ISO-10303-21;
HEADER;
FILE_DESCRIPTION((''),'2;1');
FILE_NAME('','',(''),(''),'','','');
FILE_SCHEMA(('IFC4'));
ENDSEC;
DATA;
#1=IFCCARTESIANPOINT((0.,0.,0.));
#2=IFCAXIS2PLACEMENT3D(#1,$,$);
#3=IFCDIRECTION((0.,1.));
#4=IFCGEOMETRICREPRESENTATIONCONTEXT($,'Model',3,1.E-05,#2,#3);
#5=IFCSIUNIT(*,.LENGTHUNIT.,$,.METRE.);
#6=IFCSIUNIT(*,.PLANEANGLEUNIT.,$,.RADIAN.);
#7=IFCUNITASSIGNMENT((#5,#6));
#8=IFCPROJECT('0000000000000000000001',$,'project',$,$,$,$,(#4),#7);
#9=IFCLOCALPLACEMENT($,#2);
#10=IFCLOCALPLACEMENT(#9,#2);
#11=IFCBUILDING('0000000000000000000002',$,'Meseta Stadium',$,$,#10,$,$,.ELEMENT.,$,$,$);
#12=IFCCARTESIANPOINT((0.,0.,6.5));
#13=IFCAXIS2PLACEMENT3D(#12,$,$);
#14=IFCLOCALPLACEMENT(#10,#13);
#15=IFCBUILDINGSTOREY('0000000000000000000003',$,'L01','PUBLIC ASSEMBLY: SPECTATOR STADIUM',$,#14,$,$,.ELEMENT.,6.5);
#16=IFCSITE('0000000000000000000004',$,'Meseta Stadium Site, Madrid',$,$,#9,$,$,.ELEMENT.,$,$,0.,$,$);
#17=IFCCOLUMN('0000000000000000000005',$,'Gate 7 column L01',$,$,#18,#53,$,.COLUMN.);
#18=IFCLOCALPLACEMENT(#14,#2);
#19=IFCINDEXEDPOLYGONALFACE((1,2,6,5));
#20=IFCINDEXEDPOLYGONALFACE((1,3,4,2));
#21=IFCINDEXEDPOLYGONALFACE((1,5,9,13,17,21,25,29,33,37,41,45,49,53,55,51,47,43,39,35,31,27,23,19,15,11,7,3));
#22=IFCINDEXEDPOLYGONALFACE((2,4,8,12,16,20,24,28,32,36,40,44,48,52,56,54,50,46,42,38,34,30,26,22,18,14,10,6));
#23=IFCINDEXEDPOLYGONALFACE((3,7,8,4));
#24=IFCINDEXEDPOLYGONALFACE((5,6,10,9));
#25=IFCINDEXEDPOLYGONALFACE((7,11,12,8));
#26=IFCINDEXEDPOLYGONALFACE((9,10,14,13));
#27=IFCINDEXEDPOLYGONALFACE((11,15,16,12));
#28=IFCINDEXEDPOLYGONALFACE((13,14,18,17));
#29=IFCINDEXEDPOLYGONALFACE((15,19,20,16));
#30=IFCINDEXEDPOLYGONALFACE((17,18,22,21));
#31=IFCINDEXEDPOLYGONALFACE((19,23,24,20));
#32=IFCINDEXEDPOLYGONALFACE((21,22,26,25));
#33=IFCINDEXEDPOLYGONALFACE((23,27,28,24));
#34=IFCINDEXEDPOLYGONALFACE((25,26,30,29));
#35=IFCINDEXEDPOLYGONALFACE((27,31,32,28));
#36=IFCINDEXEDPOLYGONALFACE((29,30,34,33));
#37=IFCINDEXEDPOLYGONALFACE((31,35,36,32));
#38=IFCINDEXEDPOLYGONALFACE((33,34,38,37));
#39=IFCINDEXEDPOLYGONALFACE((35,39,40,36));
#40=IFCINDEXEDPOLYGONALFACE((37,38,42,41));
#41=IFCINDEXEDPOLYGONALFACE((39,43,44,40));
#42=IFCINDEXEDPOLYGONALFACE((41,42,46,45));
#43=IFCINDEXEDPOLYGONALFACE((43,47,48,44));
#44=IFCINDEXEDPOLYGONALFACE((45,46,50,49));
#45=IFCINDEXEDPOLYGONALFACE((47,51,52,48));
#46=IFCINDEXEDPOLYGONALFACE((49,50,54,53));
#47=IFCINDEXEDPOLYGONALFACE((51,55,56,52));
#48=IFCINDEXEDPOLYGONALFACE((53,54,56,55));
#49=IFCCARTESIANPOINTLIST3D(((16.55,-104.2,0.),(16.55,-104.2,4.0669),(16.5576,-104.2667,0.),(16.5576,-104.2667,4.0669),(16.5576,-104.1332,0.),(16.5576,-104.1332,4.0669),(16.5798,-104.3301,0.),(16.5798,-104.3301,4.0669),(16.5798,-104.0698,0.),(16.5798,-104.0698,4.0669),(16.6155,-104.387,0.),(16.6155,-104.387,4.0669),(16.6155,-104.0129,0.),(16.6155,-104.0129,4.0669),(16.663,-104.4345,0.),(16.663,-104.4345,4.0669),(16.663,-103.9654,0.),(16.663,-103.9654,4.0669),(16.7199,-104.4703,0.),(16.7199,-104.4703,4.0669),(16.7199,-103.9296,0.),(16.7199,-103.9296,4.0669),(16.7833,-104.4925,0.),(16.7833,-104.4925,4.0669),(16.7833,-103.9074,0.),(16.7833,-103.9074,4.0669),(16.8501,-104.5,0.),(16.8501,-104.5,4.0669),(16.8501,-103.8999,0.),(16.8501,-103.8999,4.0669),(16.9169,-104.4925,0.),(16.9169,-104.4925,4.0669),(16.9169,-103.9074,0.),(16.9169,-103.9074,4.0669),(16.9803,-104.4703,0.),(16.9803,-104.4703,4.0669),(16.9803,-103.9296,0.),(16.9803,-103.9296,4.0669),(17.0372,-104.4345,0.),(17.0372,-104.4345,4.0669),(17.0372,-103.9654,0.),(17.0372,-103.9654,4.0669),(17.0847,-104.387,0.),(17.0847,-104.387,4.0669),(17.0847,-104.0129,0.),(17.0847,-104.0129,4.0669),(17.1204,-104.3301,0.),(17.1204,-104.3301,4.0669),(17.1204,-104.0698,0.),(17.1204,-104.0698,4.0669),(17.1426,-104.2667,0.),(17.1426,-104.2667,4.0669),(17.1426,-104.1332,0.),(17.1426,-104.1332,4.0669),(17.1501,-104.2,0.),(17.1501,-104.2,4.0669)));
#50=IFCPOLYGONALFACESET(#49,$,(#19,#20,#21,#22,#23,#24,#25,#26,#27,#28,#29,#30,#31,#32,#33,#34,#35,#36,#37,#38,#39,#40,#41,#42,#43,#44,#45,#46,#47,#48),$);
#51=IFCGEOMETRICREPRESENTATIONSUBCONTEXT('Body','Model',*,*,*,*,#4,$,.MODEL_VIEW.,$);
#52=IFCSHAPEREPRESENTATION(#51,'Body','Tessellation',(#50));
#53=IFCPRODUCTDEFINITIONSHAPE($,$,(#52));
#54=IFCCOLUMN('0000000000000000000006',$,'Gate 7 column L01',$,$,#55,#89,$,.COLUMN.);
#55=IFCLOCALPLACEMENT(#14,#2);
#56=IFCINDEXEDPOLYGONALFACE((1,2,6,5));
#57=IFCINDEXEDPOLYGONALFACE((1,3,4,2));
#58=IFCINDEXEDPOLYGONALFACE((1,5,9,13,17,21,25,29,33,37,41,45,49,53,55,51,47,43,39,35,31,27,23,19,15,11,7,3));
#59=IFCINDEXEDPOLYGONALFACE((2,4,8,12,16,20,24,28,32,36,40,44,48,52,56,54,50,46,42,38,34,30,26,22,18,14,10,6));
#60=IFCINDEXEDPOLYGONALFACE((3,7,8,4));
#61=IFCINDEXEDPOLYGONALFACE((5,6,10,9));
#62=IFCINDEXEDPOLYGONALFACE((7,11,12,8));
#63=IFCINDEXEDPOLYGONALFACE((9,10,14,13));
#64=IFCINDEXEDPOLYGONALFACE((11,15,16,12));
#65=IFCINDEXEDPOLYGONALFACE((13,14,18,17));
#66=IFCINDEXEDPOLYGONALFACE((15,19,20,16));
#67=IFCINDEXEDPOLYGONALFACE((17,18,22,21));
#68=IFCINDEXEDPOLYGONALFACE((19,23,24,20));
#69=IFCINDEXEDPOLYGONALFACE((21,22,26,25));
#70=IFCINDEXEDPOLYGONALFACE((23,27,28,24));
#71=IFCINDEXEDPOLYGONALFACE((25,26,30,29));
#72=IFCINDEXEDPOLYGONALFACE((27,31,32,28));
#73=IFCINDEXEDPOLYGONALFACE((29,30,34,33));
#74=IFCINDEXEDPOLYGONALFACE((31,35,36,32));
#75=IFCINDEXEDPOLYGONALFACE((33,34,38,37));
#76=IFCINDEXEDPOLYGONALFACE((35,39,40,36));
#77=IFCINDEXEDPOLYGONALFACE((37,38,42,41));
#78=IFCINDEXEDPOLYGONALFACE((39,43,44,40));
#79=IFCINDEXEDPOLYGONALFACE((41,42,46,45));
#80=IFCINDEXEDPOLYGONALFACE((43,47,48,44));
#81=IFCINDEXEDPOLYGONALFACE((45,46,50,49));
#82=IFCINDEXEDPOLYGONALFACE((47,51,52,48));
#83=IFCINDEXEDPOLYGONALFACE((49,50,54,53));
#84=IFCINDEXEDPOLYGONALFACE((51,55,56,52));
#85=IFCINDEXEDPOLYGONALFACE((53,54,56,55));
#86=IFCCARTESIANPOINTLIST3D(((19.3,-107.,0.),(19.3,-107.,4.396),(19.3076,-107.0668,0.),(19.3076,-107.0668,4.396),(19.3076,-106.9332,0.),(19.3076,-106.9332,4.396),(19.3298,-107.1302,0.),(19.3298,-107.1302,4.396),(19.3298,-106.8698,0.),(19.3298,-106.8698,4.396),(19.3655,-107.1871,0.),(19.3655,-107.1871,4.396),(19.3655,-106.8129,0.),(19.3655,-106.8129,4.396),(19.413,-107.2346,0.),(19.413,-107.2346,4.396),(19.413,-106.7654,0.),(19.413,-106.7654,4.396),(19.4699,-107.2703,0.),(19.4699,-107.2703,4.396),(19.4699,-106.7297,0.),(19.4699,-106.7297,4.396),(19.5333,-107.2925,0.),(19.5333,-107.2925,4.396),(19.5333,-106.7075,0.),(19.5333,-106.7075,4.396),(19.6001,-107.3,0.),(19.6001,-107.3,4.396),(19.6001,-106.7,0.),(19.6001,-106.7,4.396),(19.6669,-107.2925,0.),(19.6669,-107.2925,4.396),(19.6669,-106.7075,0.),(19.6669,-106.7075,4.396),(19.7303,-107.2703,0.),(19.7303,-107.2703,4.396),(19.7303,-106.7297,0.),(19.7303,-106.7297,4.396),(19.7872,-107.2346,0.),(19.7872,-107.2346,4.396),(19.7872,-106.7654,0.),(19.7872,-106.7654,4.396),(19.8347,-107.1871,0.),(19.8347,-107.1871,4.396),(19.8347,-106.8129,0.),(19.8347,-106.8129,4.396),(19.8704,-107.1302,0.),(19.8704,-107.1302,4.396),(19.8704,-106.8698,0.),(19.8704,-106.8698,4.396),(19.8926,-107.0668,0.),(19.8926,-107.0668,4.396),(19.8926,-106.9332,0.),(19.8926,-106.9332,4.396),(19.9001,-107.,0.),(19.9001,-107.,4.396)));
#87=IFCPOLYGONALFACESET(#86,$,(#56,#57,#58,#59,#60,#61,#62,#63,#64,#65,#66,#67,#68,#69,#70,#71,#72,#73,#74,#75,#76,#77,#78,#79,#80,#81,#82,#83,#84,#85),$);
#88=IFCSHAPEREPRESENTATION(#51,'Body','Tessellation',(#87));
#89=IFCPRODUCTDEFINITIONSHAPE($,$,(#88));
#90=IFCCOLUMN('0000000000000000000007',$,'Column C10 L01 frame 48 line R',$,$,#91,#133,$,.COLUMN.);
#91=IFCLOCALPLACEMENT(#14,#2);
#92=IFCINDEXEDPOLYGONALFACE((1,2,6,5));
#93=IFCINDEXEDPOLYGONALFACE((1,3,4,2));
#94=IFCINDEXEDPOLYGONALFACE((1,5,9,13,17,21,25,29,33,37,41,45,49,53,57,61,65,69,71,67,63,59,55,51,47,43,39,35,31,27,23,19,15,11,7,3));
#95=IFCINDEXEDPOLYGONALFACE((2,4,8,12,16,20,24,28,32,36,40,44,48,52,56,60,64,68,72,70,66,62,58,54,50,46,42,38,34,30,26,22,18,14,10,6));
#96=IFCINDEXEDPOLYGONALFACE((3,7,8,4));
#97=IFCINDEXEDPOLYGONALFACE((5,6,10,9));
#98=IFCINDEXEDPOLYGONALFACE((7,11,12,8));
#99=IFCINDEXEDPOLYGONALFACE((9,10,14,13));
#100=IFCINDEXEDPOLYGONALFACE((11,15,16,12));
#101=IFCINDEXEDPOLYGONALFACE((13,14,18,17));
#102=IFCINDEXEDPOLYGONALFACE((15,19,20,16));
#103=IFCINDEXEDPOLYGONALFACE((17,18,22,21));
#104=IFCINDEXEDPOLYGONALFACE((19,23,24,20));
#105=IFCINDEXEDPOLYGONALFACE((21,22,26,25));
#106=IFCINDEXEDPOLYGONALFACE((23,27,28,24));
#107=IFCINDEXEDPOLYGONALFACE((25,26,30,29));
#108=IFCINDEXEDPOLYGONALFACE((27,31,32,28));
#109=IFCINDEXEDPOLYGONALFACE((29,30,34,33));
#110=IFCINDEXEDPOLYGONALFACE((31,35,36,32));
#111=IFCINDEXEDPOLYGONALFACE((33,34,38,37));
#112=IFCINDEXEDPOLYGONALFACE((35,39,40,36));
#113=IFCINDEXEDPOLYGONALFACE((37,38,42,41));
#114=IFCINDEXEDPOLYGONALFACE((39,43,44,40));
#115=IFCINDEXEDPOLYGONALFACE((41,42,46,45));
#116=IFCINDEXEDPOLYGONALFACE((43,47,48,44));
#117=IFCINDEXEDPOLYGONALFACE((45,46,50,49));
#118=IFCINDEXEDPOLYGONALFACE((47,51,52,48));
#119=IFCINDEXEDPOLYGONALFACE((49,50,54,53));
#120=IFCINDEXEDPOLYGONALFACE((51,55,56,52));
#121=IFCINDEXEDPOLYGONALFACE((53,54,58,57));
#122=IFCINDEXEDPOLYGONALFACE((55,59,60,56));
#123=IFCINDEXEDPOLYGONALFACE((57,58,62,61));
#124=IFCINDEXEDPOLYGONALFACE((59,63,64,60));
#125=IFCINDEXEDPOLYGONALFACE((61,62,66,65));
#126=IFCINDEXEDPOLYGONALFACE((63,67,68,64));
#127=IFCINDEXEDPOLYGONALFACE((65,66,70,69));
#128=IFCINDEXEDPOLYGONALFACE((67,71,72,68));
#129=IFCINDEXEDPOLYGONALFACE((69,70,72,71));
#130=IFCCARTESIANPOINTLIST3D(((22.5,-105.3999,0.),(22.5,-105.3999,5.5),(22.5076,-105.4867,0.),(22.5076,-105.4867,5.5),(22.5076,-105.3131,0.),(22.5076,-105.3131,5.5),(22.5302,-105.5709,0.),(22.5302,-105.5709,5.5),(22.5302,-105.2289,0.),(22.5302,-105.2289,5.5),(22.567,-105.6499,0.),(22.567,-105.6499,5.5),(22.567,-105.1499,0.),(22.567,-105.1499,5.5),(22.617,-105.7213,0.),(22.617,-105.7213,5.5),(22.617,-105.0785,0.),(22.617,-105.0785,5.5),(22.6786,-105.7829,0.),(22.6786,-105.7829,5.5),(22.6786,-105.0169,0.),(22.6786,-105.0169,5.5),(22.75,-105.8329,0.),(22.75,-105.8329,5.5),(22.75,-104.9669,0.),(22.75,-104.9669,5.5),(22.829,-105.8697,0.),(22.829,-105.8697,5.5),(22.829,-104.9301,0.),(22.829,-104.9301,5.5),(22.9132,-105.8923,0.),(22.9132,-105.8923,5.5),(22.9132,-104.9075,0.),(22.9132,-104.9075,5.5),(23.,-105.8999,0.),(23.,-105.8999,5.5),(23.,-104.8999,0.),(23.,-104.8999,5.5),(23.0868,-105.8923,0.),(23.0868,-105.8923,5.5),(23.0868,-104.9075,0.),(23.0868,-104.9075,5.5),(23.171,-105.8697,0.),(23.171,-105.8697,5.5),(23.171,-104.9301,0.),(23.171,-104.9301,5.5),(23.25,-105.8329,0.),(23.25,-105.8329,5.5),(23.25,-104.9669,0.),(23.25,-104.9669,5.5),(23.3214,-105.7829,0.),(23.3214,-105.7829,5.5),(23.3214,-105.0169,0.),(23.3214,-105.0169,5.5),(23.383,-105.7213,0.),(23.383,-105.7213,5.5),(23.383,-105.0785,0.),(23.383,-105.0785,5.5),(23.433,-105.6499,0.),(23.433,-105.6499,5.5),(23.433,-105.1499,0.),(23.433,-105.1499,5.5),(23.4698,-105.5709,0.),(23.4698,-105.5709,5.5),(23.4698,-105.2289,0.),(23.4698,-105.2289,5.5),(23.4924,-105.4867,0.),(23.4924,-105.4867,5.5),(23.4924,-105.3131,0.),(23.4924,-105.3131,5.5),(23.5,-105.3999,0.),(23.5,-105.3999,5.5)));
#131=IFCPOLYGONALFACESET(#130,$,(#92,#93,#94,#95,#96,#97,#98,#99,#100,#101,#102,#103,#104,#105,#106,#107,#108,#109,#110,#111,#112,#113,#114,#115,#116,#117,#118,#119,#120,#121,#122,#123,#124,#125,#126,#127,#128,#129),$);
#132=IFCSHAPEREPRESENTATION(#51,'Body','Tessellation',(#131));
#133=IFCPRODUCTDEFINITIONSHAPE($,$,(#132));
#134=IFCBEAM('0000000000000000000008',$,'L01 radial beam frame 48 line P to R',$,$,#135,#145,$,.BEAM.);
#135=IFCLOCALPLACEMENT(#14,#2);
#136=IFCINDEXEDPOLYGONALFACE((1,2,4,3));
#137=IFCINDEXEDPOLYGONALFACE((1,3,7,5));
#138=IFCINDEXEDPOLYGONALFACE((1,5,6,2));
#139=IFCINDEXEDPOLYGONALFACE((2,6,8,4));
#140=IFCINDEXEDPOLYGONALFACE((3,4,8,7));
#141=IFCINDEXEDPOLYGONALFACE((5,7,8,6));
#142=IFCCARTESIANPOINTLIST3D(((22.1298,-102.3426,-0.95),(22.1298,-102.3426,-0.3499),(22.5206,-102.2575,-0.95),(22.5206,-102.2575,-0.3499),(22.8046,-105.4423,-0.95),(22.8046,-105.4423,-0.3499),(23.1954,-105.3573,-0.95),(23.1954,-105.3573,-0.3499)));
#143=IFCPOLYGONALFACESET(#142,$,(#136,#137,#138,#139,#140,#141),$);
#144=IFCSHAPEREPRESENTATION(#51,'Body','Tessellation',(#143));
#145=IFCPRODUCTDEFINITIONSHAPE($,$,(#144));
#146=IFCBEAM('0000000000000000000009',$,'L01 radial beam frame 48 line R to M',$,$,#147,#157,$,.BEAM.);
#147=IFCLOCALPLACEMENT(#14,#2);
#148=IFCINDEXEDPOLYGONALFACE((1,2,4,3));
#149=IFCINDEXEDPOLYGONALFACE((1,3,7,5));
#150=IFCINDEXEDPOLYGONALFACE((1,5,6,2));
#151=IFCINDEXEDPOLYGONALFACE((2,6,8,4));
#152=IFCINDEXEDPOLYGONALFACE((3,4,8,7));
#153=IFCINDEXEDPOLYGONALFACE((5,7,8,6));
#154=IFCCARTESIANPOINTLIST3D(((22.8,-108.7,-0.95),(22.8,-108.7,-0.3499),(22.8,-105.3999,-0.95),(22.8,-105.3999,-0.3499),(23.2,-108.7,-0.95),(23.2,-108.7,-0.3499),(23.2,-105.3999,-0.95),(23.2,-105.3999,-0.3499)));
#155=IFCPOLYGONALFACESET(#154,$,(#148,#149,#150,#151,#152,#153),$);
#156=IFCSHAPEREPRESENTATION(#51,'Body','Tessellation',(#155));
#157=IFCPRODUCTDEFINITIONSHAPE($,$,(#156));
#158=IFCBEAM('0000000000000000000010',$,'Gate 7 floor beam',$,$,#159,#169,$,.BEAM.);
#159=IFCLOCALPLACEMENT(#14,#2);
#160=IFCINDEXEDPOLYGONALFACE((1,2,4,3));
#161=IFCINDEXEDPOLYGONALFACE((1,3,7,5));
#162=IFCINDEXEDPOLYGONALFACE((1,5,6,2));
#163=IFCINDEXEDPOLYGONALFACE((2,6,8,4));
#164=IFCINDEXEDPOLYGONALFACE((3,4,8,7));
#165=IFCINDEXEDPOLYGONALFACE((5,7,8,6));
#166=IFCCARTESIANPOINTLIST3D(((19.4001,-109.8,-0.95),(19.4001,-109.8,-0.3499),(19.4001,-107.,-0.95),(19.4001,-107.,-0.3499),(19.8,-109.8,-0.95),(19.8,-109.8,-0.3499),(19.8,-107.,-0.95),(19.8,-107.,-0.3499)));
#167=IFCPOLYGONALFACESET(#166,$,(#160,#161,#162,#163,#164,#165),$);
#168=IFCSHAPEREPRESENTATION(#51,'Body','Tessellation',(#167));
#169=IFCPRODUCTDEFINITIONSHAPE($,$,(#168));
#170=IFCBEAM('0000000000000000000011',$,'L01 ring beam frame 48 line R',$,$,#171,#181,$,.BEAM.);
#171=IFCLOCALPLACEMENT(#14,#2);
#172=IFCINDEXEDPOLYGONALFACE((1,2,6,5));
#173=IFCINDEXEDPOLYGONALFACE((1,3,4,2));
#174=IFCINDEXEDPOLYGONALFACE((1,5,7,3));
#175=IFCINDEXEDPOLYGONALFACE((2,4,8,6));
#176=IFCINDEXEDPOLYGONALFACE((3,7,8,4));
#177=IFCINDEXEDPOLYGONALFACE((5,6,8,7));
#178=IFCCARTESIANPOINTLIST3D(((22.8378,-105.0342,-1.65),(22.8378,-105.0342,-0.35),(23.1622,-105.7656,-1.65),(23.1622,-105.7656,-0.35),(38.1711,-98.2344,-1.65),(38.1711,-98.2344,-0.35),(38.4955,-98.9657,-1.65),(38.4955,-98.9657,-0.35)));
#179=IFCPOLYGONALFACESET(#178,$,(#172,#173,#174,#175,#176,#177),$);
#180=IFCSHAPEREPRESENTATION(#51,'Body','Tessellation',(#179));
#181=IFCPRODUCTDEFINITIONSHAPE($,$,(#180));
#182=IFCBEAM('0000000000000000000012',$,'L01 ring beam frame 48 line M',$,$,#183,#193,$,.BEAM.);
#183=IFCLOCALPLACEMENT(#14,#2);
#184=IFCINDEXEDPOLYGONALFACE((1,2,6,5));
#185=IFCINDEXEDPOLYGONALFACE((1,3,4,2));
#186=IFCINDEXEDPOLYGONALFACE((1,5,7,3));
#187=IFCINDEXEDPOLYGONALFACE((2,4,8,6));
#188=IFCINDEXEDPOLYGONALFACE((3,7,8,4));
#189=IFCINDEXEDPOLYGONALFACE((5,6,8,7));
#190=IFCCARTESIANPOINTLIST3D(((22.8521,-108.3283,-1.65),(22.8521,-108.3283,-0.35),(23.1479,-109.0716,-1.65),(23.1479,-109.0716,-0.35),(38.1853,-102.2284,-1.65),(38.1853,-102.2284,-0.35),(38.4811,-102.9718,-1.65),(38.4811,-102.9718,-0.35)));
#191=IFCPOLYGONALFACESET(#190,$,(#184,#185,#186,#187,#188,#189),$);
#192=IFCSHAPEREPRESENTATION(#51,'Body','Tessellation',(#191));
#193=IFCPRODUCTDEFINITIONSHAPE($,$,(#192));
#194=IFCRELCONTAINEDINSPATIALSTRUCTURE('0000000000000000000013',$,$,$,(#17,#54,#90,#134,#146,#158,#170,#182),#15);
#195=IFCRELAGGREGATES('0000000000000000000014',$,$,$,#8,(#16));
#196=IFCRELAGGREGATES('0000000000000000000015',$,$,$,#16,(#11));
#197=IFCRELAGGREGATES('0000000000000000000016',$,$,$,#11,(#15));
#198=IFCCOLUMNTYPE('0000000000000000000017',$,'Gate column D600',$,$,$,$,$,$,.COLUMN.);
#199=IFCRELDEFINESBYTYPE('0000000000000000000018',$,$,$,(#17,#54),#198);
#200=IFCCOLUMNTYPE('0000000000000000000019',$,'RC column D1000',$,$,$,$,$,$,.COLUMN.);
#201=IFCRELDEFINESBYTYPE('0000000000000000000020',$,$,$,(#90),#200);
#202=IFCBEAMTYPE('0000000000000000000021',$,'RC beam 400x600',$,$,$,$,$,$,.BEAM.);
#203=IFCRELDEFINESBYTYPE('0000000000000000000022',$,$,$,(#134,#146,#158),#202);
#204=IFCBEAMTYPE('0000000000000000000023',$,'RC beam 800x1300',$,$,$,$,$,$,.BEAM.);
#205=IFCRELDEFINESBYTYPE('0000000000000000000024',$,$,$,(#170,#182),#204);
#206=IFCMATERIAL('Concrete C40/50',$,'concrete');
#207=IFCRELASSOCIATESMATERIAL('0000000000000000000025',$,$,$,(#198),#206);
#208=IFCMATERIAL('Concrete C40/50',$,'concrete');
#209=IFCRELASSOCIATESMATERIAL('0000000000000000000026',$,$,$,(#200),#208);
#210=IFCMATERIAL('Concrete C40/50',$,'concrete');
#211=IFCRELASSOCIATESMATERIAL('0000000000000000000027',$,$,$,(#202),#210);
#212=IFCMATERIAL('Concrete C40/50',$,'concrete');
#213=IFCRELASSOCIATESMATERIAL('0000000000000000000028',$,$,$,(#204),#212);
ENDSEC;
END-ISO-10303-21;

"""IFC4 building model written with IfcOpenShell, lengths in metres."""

from ifc_helpers import new_model, si_unit, direction, frame, origin, origin_2d, place, context, subcontext, project, spatial, rectangle, circle, extrude, material, material_profile, profile_set, type_object, element, save


model = new_model("IFC4")

# Units and contexts
model_context = context("Model", 3, precision=1e-05, world=origin(), true_north=direction((0.0, 1.0)))
body_context = subcontext(model_context, "Body", "Model", "MODEL_VIEW")
ifc_project = project(units=[si_unit("LENGTHUNIT", "METRE"), si_unit("PLANEANGLEUNIT", "RADIAN")], contexts=[model_context])

# Site, building, storey
site_placement = place(None, origin())
site = spatial("IfcSite", under=ifc_project, at=site_placement, Name="Meseta Stadium Site, Madrid", CompositionType="ELEMENT", RefElevation=0.0)
building_placement = place(site_placement, origin())
building = spatial("IfcBuilding", under=site, at=building_placement, Name="Meseta Stadium", CompositionType="ELEMENT")
storey_placement = place(building_placement, frame((0.0, 0.0, 6.5)))
storey = spatial("IfcBuildingStorey", under=building, at=storey_placement, Name="L01", Description="PUBLIC ASSEMBLY: SPECTATOR STADIUM", CompositionType="ELEMENT", Elevation=6.5)

# Columns
ifc_material_1 = material(Name="Concrete C40/50", Category="concrete")
ifc_material_profile_1 = material_profile(ifc_material_1, circle(Radius=0.3, at=origin_2d()), Name="RC D600")
ifc_profile_set_1 = profile_set([ifc_material_profile_1], Name="Concrete C40/50")
column_type_1 = type_object("IfcColumnType", Name="Gate column D600", PredefinedType="COLUMN", material=ifc_profile_set_1)
column_1_placement = place(storey_placement, frame((16.8501, -104.2, 0.0), z_axis=(0.0, 0.0, 1.0), x_axis=(1.0, 0.0, 0.0)))
element("IfcColumn", 1, at=column_1_placement, inside=storey, type_object=column_type_1, Name="Gate 7 column L01", PredefinedType="COLUMN", context=body_context, shape_type="SweptSolid", body=[
    extrude(circle(Radius=0.3, at=origin_2d()), origin(), (0.0, 0.0, 1.0), 4.0669),
])
column_2_placement = place(storey_placement, frame((19.6001, -107.0, 0.0), z_axis=(0.0, 0.0, 1.0), x_axis=(1.0, 0.0, 0.0)))
element("IfcColumn", 2, at=column_2_placement, inside=storey, type_object=column_type_1, Name="Gate 7 column L01", PredefinedType="COLUMN", context=body_context, shape_type="SweptSolid", body=[
    extrude(circle(Radius=0.3, at=origin_2d()), origin(), (0.0, 0.0, 1.0), 4.396),
])
ifc_material_2 = material(Name="Concrete C40/50", Category="concrete")
ifc_material_profile_2 = material_profile(ifc_material_2, circle(Radius=0.5, at=origin_2d()), Name="RC D1000")
ifc_profile_set_2 = profile_set([ifc_material_profile_2], Name="Concrete C40/50")
column_type_2 = type_object("IfcColumnType", Name="RC column D1000", PredefinedType="COLUMN", material=ifc_profile_set_2)
column_3_placement = place(storey_placement, frame((23.0, -105.3999, 0.0), z_axis=(0.0, 0.0, 1.0), x_axis=(1.0, 0.0, 0.0)))
element("IfcColumn", 3, at=column_3_placement, inside=storey, type_object=column_type_2, Name="Column C10 L01 frame 48 line R", PredefinedType="COLUMN", context=body_context, shape_type="SweptSolid", body=[
    extrude(circle(Radius=0.5, at=origin_2d()), origin(), (0.0, 0.0, 1.0), 5.5),
])

# Beams
ifc_material_3 = material(Name="Concrete C40/50", Category="concrete")
ifc_material_profile_3 = material_profile(ifc_material_3, rectangle(XDim=0.3999, YDim=0.6001, at=origin_2d()), Name="RC 400x600")
ifc_profile_set_3 = profile_set([ifc_material_profile_3], Name="Concrete C40/50")
beam_type_1 = type_object("IfcBeamType", Name="RC beam 400x600", PredefinedType="BEAM", material=ifc_profile_set_3)
beam_1_placement = place(storey_placement, frame((22.3252, -102.3, -0.6499), z_axis=(0.212708, -0.977116, 0.0), x_axis=(0.977116, 0.212708, 0.0)))
element("IfcBeam", 4, at=beam_1_placement, inside=storey, type_object=beam_type_1, Name="L01 radial beam frame 48 line P to R", PredefinedType="BEAM", context=body_context, shape_type="SweptSolid", body=[
    extrude(rectangle(XDim=0.3999, YDim=0.6001, at=origin_2d()), origin(), (0.0, 0.0, 1.0), 3.1724),
])
beam_2_placement = place(storey_placement, frame((23.0, -105.3999, -0.6499), z_axis=(0.0, -1.0, 0.0), x_axis=(1.0, 0.0, 0.0)))
element("IfcBeam", 5, at=beam_2_placement, inside=storey, type_object=beam_type_1, Name="L01 radial beam frame 48 line R to M", PredefinedType="BEAM", context=body_context, shape_type="SweptSolid", body=[
    extrude(rectangle(XDim=0.3999, YDim=0.6001, at=origin_2d()), origin(), (0.0, 0.0, 1.0), 3.3),
])
beam_3_placement = place(storey_placement, frame((19.6001, -107.0, -0.6499), z_axis=(0.0, -1.0, 0.0), x_axis=(1.0, 0.0, 0.0)))
element("IfcBeam", 6, at=beam_3_placement, inside=storey, type_object=beam_type_1, Name="Gate 7 floor beam", PredefinedType="BEAM", context=body_context, shape_type="SweptSolid", body=[
    extrude(rectangle(XDim=0.3999, YDim=0.6001, at=origin_2d()), origin(), (0.0, 0.0, 1.0), 2.8),
])
ifc_material_4 = material(Name="Concrete C40/50", Category="concrete")
ifc_material_profile_4 = material_profile(ifc_material_4, rectangle(XDim=0.8, YDim=1.3, at=origin_2d()), Name="RC 800x1300")
ifc_profile_set_4 = profile_set([ifc_material_profile_4], Name="Concrete C40/50")
beam_type_2 = type_object("IfcBeamType", Name="RC beam 800x1300", PredefinedType="BEAM", material=ifc_profile_set_4)
beam_4_placement = place(storey_placement, frame((23.0, -105.3999, -1.0), z_axis=(0.914143, 0.405393, 0.0), x_axis=(-0.405393, 0.914143, 0.0)))
element("IfcBeam", 7, at=beam_4_placement, inside=storey, type_object=beam_type_2, Name="L01 ring beam frame 48 line R", PredefinedType="BEAM", context=body_context, shape_type="SweptSolid", body=[
    extrude(rectangle(XDim=0.8, YDim=1.3, at=origin_2d()), origin(), (0.0, 0.0, 1.0), 16.7734),
])
beam_5_placement = place(storey_placement, frame((23.0, -108.7, -1.0), z_axis=(0.929174, 0.369643, 0.0), x_axis=(-0.369643, 0.929174, 0.0)))
element("IfcBeam", 8, at=beam_5_placement, inside=storey, type_object=beam_type_2, Name="L01 ring beam frame 48 line M", PredefinedType="BEAM", context=body_context, shape_type="SweptSolid", body=[
    extrude(rectangle(XDim=0.8, YDim=1.3, at=origin_2d()), origin(), (0.0, 0.0, 1.0), 16.502),
])

save(model, "model.ifc")
